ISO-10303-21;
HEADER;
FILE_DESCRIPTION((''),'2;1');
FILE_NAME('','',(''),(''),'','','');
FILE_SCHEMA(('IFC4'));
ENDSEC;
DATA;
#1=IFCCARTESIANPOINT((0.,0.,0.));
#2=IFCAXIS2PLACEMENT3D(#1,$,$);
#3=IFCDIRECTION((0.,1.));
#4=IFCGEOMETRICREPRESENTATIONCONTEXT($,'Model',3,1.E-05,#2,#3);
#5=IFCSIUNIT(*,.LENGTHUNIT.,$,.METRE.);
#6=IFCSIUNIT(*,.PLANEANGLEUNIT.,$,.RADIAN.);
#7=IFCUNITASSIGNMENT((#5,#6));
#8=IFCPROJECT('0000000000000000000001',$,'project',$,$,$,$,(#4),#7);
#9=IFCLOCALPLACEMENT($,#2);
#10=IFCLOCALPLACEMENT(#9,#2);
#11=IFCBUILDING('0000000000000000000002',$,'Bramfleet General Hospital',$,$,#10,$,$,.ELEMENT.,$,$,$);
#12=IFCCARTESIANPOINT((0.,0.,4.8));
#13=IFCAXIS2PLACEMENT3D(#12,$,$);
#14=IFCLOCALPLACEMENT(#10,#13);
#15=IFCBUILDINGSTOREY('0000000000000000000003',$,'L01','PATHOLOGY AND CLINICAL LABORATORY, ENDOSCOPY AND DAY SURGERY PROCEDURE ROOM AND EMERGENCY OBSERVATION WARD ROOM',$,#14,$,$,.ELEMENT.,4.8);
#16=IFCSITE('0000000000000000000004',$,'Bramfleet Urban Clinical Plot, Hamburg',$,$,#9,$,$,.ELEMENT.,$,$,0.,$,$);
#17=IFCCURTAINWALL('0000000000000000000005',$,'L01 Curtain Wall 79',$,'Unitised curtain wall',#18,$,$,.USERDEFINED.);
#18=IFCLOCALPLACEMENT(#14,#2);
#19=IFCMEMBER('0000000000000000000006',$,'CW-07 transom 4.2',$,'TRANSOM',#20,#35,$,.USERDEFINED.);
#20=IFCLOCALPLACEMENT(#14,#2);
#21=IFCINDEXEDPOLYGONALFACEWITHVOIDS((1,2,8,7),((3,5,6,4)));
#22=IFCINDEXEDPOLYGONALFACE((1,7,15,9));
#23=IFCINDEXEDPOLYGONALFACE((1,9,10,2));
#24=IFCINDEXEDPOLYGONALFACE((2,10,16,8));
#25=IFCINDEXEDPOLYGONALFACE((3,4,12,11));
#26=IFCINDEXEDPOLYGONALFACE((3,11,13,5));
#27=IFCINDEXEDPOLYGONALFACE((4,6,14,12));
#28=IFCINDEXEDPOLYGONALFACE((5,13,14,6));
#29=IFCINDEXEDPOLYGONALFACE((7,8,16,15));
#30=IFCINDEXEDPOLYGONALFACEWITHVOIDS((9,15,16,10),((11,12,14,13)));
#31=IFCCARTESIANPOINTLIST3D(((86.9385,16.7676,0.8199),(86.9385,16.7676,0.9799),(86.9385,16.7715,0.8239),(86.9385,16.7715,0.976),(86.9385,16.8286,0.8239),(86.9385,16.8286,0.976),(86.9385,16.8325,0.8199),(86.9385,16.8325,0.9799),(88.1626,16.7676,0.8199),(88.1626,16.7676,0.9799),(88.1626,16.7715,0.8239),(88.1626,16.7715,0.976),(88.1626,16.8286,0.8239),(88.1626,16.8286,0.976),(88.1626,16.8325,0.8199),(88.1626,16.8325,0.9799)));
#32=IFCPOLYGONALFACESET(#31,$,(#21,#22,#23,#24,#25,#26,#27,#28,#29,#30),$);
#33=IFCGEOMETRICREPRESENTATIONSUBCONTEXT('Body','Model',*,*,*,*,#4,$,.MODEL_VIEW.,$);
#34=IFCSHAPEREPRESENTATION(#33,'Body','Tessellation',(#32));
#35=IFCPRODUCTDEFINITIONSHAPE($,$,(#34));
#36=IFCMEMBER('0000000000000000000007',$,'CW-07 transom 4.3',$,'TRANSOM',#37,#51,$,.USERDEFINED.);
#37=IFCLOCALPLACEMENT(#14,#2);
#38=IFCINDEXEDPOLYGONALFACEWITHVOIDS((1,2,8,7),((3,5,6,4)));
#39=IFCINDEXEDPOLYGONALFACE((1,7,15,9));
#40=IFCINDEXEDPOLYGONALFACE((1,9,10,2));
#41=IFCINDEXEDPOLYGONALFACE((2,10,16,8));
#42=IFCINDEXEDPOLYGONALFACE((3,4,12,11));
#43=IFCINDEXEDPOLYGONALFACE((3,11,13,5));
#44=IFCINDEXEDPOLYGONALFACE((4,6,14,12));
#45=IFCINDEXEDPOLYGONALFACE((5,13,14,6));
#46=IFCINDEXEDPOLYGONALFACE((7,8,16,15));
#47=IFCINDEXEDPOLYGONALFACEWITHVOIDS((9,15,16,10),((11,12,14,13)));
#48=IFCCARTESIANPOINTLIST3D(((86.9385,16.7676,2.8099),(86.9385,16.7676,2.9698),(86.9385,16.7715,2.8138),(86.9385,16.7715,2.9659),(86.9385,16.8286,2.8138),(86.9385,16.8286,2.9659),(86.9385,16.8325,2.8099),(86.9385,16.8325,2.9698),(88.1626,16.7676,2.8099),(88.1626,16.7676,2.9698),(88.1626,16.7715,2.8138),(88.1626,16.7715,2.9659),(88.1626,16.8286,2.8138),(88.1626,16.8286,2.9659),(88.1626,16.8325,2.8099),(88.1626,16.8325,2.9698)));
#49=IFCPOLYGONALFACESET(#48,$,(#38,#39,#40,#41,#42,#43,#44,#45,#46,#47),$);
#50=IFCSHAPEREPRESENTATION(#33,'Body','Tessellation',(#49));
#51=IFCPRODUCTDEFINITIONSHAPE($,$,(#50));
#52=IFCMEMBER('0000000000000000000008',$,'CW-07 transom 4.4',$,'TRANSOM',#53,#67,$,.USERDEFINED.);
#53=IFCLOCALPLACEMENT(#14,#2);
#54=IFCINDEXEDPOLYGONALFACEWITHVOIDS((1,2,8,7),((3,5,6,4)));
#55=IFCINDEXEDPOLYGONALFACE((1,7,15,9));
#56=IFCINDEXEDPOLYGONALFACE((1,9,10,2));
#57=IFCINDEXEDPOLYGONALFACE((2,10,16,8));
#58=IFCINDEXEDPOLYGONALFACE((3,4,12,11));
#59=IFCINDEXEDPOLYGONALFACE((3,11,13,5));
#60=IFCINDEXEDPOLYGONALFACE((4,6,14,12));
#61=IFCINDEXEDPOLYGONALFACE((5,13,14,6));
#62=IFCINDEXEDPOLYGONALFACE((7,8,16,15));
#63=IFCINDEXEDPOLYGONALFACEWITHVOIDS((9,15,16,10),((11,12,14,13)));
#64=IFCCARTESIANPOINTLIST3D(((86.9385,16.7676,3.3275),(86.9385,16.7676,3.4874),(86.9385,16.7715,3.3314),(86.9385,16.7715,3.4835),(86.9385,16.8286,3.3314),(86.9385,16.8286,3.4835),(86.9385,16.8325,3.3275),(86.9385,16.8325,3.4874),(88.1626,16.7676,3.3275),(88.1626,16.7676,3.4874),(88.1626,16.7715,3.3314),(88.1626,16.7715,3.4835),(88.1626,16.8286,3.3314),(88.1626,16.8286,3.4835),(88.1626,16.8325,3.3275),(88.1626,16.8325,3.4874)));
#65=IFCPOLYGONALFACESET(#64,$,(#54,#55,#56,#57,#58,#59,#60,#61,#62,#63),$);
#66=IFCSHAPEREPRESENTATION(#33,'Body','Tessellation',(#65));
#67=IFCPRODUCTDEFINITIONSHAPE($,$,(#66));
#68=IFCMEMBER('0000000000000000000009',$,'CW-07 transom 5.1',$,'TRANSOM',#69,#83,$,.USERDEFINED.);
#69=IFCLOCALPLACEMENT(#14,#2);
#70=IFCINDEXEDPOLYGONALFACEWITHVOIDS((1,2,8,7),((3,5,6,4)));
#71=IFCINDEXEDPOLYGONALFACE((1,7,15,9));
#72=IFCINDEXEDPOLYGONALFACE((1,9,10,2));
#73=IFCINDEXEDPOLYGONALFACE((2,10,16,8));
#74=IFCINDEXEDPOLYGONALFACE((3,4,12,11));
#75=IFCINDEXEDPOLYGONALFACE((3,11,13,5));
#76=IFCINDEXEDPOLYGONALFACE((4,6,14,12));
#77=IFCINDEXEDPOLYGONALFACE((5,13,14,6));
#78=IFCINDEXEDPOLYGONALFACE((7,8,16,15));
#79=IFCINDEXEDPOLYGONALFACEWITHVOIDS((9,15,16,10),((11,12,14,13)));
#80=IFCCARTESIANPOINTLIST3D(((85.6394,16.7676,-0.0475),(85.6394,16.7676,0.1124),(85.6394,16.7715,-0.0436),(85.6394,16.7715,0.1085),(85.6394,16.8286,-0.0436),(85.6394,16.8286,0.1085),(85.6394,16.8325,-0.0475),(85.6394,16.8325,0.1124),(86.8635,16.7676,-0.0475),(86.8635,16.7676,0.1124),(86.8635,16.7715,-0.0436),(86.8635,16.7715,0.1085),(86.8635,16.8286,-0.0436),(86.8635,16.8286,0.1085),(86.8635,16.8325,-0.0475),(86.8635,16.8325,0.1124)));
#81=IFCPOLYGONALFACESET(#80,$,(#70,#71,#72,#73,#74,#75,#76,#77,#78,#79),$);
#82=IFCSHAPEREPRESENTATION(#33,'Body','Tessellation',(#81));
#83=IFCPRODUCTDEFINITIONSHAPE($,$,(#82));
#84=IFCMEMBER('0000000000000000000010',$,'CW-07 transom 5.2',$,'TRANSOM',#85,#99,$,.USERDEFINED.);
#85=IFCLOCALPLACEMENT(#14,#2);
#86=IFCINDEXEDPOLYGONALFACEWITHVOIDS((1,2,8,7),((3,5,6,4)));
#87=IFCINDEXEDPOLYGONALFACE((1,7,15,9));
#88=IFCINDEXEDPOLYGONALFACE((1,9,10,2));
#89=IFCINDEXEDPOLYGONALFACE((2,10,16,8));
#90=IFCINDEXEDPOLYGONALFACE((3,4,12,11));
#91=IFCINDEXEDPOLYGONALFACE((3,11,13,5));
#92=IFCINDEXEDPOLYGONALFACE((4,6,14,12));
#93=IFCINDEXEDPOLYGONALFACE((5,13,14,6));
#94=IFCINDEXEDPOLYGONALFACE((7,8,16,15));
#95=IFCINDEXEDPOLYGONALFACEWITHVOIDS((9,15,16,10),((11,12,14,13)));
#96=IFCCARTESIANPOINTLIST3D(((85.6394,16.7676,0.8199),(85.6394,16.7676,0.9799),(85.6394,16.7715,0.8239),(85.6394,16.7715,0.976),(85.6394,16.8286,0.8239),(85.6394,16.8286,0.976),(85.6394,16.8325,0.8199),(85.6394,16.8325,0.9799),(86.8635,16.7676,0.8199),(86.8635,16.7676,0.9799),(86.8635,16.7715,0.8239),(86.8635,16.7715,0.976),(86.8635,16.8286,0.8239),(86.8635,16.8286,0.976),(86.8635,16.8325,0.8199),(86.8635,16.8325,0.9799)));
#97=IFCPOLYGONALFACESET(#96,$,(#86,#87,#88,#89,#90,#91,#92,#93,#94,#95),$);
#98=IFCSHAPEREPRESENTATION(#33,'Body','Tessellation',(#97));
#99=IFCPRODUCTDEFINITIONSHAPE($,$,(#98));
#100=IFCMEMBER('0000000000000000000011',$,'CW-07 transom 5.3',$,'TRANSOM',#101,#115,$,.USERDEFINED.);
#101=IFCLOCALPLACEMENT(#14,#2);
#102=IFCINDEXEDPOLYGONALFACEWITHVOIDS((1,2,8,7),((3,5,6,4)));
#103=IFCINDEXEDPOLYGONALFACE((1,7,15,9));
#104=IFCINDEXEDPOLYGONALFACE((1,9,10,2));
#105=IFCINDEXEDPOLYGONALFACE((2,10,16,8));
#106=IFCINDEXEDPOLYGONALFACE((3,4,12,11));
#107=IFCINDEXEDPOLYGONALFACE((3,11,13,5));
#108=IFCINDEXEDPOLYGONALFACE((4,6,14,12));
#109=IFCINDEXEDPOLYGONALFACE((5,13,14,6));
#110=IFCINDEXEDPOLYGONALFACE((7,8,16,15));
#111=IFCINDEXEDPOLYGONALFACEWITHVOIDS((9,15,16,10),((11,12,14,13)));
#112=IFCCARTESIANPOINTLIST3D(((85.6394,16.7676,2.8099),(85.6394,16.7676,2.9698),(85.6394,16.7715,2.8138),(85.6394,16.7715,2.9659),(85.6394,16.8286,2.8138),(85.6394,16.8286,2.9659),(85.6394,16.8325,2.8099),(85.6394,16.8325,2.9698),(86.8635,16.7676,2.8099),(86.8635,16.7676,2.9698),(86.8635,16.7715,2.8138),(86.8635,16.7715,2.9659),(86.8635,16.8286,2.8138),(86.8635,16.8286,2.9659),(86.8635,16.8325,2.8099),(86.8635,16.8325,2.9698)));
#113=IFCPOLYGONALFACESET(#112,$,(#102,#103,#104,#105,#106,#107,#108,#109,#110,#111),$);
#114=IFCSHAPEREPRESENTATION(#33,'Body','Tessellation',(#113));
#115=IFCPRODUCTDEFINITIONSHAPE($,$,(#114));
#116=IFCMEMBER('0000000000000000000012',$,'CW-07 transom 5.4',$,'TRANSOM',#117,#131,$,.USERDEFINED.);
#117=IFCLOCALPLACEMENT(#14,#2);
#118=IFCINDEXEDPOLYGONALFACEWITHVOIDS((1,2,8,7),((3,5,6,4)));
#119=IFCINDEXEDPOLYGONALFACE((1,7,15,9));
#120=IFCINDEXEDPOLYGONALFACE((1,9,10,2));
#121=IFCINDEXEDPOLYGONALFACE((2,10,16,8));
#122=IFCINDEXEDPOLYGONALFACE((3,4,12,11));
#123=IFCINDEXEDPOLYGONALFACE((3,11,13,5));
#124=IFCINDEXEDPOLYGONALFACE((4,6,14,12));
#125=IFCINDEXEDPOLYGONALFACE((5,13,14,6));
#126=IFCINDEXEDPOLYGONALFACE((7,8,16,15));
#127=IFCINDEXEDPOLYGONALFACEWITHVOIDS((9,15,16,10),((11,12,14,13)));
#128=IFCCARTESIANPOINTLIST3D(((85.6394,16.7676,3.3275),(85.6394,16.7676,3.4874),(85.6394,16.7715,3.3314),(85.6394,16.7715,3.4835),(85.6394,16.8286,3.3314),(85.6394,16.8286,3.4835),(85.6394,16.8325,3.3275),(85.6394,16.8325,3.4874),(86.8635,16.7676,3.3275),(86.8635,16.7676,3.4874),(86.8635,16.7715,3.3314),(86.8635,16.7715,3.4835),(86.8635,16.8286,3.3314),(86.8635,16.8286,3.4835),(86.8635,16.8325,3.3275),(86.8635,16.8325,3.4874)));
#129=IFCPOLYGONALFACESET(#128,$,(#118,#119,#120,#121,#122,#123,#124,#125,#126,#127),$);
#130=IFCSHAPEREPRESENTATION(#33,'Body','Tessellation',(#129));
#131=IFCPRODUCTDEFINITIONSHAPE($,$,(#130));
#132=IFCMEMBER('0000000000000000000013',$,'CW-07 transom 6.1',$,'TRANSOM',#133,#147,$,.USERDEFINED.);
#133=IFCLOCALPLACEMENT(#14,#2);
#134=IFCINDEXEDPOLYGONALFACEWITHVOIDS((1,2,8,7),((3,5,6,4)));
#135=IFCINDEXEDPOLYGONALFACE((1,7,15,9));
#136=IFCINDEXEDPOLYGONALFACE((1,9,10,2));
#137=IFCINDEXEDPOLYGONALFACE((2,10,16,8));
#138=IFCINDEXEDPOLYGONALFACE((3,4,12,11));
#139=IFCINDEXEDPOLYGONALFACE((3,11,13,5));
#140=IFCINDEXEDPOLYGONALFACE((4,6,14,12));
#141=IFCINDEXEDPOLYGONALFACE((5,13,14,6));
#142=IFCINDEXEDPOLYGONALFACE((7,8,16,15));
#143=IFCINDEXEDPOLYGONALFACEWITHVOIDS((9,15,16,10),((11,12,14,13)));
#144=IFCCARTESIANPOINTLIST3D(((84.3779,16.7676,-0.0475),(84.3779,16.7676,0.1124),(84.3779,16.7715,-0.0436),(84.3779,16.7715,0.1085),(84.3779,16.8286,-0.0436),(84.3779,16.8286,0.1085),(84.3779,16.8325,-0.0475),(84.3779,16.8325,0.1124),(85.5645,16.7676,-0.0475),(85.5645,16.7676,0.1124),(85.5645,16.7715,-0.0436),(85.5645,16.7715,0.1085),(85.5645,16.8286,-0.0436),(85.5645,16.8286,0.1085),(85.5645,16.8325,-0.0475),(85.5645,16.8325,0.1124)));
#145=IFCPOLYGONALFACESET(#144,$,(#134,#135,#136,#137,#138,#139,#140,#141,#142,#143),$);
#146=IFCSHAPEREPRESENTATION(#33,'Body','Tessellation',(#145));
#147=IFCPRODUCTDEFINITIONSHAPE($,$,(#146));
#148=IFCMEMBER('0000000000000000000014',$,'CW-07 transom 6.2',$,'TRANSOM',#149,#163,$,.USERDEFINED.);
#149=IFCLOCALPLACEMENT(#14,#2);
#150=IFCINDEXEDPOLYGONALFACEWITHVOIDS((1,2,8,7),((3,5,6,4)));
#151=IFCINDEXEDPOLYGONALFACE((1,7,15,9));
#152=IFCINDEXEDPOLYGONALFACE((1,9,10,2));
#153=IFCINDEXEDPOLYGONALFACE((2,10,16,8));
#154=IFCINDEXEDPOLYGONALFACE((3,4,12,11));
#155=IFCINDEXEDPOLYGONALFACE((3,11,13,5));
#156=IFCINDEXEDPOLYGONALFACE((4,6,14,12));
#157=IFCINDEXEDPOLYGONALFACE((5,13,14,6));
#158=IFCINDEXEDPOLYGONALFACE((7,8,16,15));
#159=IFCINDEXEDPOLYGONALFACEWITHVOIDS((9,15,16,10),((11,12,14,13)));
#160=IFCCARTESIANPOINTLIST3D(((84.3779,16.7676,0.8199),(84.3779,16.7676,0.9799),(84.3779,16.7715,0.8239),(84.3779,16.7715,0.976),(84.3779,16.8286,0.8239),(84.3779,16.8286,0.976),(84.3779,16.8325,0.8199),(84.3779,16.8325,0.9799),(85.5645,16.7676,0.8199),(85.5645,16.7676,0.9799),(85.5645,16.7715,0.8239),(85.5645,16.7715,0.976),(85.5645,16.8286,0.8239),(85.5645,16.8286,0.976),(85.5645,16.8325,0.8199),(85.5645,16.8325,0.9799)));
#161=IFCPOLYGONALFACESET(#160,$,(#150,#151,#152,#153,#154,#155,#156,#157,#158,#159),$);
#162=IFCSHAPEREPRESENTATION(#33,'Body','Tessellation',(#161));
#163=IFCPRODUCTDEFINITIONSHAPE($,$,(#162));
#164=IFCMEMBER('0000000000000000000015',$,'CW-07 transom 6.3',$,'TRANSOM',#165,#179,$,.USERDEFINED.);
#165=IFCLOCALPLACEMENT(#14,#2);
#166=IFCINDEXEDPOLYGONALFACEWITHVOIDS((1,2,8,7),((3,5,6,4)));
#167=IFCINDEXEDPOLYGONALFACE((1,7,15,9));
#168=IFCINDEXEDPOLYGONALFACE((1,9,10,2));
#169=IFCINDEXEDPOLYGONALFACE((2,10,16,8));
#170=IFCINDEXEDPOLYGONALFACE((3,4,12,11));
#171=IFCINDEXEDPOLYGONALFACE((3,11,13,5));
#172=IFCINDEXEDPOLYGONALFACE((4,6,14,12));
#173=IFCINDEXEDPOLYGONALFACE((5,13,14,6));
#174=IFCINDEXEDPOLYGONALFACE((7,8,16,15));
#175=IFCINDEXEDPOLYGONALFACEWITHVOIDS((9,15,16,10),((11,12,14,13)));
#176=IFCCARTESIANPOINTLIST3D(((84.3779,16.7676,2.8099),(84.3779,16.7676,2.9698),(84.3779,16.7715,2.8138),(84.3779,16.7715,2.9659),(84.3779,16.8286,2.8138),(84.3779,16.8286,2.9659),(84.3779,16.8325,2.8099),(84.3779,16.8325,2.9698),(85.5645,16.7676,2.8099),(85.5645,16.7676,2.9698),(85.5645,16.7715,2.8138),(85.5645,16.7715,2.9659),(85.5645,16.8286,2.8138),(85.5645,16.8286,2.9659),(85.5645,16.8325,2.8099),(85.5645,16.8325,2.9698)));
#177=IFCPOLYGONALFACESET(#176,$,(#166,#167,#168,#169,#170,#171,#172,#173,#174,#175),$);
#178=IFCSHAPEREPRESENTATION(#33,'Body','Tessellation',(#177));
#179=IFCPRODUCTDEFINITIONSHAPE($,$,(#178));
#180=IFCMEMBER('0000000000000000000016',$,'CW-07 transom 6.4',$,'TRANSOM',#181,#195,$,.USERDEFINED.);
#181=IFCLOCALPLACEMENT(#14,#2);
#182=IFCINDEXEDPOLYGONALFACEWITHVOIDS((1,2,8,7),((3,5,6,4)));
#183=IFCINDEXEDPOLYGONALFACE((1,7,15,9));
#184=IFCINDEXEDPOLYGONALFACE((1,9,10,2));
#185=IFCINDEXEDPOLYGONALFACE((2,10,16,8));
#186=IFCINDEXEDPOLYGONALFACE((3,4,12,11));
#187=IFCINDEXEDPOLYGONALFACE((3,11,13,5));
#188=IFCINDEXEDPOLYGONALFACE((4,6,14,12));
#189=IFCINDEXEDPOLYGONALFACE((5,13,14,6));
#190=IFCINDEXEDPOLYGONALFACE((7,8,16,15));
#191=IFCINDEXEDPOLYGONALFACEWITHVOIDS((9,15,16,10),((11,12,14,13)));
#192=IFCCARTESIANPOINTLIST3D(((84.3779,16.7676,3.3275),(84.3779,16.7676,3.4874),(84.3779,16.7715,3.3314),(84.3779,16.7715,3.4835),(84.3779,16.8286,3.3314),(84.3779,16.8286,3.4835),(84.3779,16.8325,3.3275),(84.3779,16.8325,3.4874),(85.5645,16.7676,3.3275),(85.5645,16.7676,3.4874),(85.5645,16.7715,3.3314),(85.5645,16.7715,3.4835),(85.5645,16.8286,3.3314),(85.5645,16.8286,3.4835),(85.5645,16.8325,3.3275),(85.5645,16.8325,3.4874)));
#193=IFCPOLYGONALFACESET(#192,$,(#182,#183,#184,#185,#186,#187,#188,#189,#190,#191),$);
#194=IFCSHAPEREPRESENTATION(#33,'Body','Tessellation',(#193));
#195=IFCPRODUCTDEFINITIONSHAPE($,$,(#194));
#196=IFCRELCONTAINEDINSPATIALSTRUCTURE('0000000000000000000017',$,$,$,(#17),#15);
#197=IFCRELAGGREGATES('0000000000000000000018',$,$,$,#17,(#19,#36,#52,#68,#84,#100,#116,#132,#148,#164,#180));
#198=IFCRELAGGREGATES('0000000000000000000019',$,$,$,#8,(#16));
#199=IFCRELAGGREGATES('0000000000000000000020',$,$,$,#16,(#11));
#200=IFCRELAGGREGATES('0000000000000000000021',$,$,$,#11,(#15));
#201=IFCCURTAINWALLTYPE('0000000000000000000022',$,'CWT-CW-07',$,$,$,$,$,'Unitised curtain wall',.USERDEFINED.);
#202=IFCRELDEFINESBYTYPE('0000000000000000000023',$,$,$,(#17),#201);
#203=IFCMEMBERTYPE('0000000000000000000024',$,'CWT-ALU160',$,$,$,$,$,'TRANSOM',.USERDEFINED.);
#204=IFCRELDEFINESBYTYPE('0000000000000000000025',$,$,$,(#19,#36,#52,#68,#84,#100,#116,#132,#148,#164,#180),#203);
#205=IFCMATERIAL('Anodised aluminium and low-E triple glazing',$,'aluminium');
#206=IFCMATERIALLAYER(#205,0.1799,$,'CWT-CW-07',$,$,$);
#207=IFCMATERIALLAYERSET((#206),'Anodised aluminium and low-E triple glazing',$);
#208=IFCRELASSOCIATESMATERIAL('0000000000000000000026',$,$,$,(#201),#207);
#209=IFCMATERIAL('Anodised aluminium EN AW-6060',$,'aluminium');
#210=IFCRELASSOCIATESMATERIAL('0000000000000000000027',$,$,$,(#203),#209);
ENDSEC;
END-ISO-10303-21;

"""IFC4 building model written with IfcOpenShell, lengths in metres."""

from ifc_helpers import new_model, si_unit, direction, frame, origin, origin_2d, place, context, subcontext, project, spatial, hollow_rectangle, extrude, material, layer, layer_set, material_profile, profile_set, type_object, element, aggregate, save


model = new_model("IFC4")

# Units and contexts
model_context = context("Model", 3, precision=1e-05, world=origin(), true_north=direction((0.0, 1.0)))
body_context = subcontext(model_context, "Body", "Model", "MODEL_VIEW")
ifc_project = project(units=[si_unit("LENGTHUNIT", "METRE"), si_unit("PLANEANGLEUNIT", "RADIAN")], contexts=[model_context])

# Site, building, storey
site_placement = place(None, origin())
site = spatial("IfcSite", under=ifc_project, at=site_placement, Name="Bramfleet Urban Clinical Plot, Hamburg", CompositionType="ELEMENT", RefElevation=0.0)
building_placement = place(site_placement, origin())
building = spatial("IfcBuilding", under=site, at=building_placement, Name="Bramfleet General Hospital", CompositionType="ELEMENT")
storey_placement = place(building_placement, frame((0.0, 0.0, 4.8)))
storey = spatial("IfcBuildingStorey", under=building, at=storey_placement, Name="L01", Description="PATHOLOGY AND CLINICAL LABORATORY, ENDOSCOPY AND DAY SURGERY PROCEDURE ROOM AND EMERGENCY OBSERVATION WARD ROOM", CompositionType="ELEMENT", Elevation=4.8)

# Curtain wall, members
ifc_material_1 = material(Name="Anodised aluminium and low-E triple glazing", Category="aluminium")
ifc_layer_1 = layer(ifc_material_1, 0.1799, Name="CWT-CW-07")
ifc_layer_set_1 = layer_set([ifc_layer_1], Name="Anodised aluminium and low-E triple glazing")
curtain_wall_type = type_object("IfcCurtainWallType", Name="CWT-CW-07", ElementType="Unitised curtain wall", PredefinedType="USERDEFINED", material=ifc_layer_set_1)
curtain_wall_placement = place(storey_placement, origin())
curtain_wall = element("IfcCurtainWall", 1, at=curtain_wall_placement, inside=storey, type_object=curtain_wall_type, Name="L01 Curtain Wall 79", ObjectType="Unitised curtain wall", PredefinedType="USERDEFINED")
ifc_material_2 = material(Name="Anodised aluminium EN AW-6060", Category="aluminium")
ifc_material_profile_1 = material_profile(ifc_material_2, hollow_rectangle(XDim=0.0649, YDim=0.1599, WallThickness=0.0039, at=origin_2d()), Name="ALU 160x65x4.0")
ifc_profile_set_1 = profile_set([ifc_material_profile_1], Name="Anodised aluminium EN AW-6060")
member_type_1 = type_object("IfcMemberType", Name="CWT-ALU160", ElementType="TRANSOM", PredefinedType="USERDEFINED", material=ifc_profile_set_1)
member_1_placement = place(storey_placement, frame((88.1626, 16.8, 0.8999), z_axis=(-1.0, 0.0, 0.0), x_axis=(0.0, -1.0, 0.0)))
member_1 = element("IfcMember", 2, at=member_1_placement, type_object=member_type_1, Name="CW-07 transom 4.2", ObjectType="TRANSOM", PredefinedType="USERDEFINED", context=body_context, shape_type="SweptSolid", body=[
    extrude(hollow_rectangle(XDim=0.0649, YDim=0.1599, WallThickness=0.0039, at=origin_2d()), origin(), (0.0, 0.0, 1.0), 1.2241),
])
member_2_placement = place(storey_placement, frame((88.1626, 16.8, 2.8899), z_axis=(-1.0, 0.0, 0.0), x_axis=(0.0, -1.0, 0.0)))
member_2 = element("IfcMember", 3, at=member_2_placement, type_object=member_type_1, Name="CW-07 transom 4.3", ObjectType="TRANSOM", PredefinedType="USERDEFINED", context=body_context, shape_type="SweptSolid", body=[
    extrude(hollow_rectangle(XDim=0.0649, YDim=0.1599, WallThickness=0.0039, at=origin_2d()), origin(), (0.0, 0.0, 1.0), 1.2241),
])
member_3_placement = place(storey_placement, frame((88.1626, 16.8, 3.4075), z_axis=(-1.0, 0.0, 0.0), x_axis=(0.0, -1.0, 0.0)))
member_3 = element("IfcMember", 4, at=member_3_placement, type_object=member_type_1, Name="CW-07 transom 4.4", ObjectType="TRANSOM", PredefinedType="USERDEFINED", context=body_context, shape_type="SweptSolid", body=[
    extrude(hollow_rectangle(XDim=0.0649, YDim=0.1599, WallThickness=0.0039, at=origin_2d()), origin(), (0.0, 0.0, 1.0), 1.2241),
])
member_4_placement = place(storey_placement, frame((86.8635, 16.8, 0.0325), z_axis=(-1.0, 0.0, 0.0), x_axis=(0.0, -1.0, 0.0)))
member_4 = element("IfcMember", 5, at=member_4_placement, type_object=member_type_1, Name="CW-07 transom 5.1", ObjectType="TRANSOM", PredefinedType="USERDEFINED", context=body_context, shape_type="SweptSolid", body=[
    extrude(hollow_rectangle(XDim=0.0649, YDim=0.1599, WallThickness=0.0039, at=origin_2d()), origin(), (0.0, 0.0, 1.0), 1.2241),
])
member_5_placement = place(storey_placement, frame((86.8635, 16.8, 0.8999), z_axis=(-1.0, 0.0, 0.0), x_axis=(0.0, -1.0, 0.0)))
member_5 = element("IfcMember", 6, at=member_5_placement, type_object=member_type_1, Name="CW-07 transom 5.2", ObjectType="TRANSOM", PredefinedType="USERDEFINED", context=body_context, shape_type="SweptSolid", body=[
    extrude(hollow_rectangle(XDim=0.0649, YDim=0.1599, WallThickness=0.0039, at=origin_2d()), origin(), (0.0, 0.0, 1.0), 1.2241),
])
member_6_placement = place(storey_placement, frame((86.8635, 16.8, 2.8899), z_axis=(-1.0, 0.0, 0.0), x_axis=(0.0, -1.0, 0.0)))
member_6 = element("IfcMember", 7, at=member_6_placement, type_object=member_type_1, Name="CW-07 transom 5.3", ObjectType="TRANSOM", PredefinedType="USERDEFINED", context=body_context, shape_type="SweptSolid", body=[
    extrude(hollow_rectangle(XDim=0.0649, YDim=0.1599, WallThickness=0.0039, at=origin_2d()), origin(), (0.0, 0.0, 1.0), 1.2241),
])
member_7_placement = place(storey_placement, frame((86.8635, 16.8, 3.4075), z_axis=(-1.0, 0.0, 0.0), x_axis=(0.0, -1.0, 0.0)))
member_7 = element("IfcMember", 8, at=member_7_placement, type_object=member_type_1, Name="CW-07 transom 5.4", ObjectType="TRANSOM", PredefinedType="USERDEFINED", context=body_context, shape_type="SweptSolid", body=[
    extrude(hollow_rectangle(XDim=0.0649, YDim=0.1599, WallThickness=0.0039, at=origin_2d()), origin(), (0.0, 0.0, 1.0), 1.2241),
])
member_8_placement = place(storey_placement, frame((85.5645, 16.8, 0.0325), z_axis=(-1.0, 0.0, 0.0), x_axis=(0.0, -1.0, 0.0)))
member_8 = element("IfcMember", 9, at=member_8_placement, type_object=member_type_1, Name="CW-07 transom 6.1", ObjectType="TRANSOM", PredefinedType="USERDEFINED", context=body_context, shape_type="SweptSolid", body=[
    extrude(hollow_rectangle(XDim=0.0649, YDim=0.1599, WallThickness=0.0039, at=origin_2d()), origin(), (0.0, 0.0, 1.0), 1.1865),
])
member_9_placement = place(storey_placement, frame((85.5645, 16.8, 0.8999), z_axis=(-1.0, 0.0, 0.0), x_axis=(0.0, -1.0, 0.0)))
member_9 = element("IfcMember", 10, at=member_9_placement, type_object=member_type_1, Name="CW-07 transom 6.2", ObjectType="TRANSOM", PredefinedType="USERDEFINED", context=body_context, shape_type="SweptSolid", body=[
    extrude(hollow_rectangle(XDim=0.0649, YDim=0.1599, WallThickness=0.0039, at=origin_2d()), origin(), (0.0, 0.0, 1.0), 1.1865),
])
member_10_placement = place(storey_placement, frame((85.5645, 16.8, 2.8899), z_axis=(-1.0, 0.0, 0.0), x_axis=(0.0, -1.0, 0.0)))
member_10 = element("IfcMember", 11, at=member_10_placement, type_object=member_type_1, Name="CW-07 transom 6.3", ObjectType="TRANSOM", PredefinedType="USERDEFINED", context=body_context, shape_type="SweptSolid", body=[
    extrude(hollow_rectangle(XDim=0.0649, YDim=0.1599, WallThickness=0.0039, at=origin_2d()), origin(), (0.0, 0.0, 1.0), 1.1865),
])
member_11_placement = place(storey_placement, frame((85.5645, 16.8, 3.4075), z_axis=(-1.0, 0.0, 0.0), x_axis=(0.0, -1.0, 0.0)))
member_11 = element("IfcMember", 12, at=member_11_placement, type_object=member_type_1, Name="CW-07 transom 6.4", ObjectType="TRANSOM", PredefinedType="USERDEFINED", context=body_context, shape_type="SweptSolid", body=[
    extrude(hollow_rectangle(XDim=0.0649, YDim=0.1599, WallThickness=0.0039, at=origin_2d()), origin(), (0.0, 0.0, 1.0), 1.1865),
])
aggregate(curtain_wall, [member_1, member_2, member_3, member_4, member_5, member_6, member_7, member_8, member_9, member_10, member_11])

save(model, "model.ifc")
